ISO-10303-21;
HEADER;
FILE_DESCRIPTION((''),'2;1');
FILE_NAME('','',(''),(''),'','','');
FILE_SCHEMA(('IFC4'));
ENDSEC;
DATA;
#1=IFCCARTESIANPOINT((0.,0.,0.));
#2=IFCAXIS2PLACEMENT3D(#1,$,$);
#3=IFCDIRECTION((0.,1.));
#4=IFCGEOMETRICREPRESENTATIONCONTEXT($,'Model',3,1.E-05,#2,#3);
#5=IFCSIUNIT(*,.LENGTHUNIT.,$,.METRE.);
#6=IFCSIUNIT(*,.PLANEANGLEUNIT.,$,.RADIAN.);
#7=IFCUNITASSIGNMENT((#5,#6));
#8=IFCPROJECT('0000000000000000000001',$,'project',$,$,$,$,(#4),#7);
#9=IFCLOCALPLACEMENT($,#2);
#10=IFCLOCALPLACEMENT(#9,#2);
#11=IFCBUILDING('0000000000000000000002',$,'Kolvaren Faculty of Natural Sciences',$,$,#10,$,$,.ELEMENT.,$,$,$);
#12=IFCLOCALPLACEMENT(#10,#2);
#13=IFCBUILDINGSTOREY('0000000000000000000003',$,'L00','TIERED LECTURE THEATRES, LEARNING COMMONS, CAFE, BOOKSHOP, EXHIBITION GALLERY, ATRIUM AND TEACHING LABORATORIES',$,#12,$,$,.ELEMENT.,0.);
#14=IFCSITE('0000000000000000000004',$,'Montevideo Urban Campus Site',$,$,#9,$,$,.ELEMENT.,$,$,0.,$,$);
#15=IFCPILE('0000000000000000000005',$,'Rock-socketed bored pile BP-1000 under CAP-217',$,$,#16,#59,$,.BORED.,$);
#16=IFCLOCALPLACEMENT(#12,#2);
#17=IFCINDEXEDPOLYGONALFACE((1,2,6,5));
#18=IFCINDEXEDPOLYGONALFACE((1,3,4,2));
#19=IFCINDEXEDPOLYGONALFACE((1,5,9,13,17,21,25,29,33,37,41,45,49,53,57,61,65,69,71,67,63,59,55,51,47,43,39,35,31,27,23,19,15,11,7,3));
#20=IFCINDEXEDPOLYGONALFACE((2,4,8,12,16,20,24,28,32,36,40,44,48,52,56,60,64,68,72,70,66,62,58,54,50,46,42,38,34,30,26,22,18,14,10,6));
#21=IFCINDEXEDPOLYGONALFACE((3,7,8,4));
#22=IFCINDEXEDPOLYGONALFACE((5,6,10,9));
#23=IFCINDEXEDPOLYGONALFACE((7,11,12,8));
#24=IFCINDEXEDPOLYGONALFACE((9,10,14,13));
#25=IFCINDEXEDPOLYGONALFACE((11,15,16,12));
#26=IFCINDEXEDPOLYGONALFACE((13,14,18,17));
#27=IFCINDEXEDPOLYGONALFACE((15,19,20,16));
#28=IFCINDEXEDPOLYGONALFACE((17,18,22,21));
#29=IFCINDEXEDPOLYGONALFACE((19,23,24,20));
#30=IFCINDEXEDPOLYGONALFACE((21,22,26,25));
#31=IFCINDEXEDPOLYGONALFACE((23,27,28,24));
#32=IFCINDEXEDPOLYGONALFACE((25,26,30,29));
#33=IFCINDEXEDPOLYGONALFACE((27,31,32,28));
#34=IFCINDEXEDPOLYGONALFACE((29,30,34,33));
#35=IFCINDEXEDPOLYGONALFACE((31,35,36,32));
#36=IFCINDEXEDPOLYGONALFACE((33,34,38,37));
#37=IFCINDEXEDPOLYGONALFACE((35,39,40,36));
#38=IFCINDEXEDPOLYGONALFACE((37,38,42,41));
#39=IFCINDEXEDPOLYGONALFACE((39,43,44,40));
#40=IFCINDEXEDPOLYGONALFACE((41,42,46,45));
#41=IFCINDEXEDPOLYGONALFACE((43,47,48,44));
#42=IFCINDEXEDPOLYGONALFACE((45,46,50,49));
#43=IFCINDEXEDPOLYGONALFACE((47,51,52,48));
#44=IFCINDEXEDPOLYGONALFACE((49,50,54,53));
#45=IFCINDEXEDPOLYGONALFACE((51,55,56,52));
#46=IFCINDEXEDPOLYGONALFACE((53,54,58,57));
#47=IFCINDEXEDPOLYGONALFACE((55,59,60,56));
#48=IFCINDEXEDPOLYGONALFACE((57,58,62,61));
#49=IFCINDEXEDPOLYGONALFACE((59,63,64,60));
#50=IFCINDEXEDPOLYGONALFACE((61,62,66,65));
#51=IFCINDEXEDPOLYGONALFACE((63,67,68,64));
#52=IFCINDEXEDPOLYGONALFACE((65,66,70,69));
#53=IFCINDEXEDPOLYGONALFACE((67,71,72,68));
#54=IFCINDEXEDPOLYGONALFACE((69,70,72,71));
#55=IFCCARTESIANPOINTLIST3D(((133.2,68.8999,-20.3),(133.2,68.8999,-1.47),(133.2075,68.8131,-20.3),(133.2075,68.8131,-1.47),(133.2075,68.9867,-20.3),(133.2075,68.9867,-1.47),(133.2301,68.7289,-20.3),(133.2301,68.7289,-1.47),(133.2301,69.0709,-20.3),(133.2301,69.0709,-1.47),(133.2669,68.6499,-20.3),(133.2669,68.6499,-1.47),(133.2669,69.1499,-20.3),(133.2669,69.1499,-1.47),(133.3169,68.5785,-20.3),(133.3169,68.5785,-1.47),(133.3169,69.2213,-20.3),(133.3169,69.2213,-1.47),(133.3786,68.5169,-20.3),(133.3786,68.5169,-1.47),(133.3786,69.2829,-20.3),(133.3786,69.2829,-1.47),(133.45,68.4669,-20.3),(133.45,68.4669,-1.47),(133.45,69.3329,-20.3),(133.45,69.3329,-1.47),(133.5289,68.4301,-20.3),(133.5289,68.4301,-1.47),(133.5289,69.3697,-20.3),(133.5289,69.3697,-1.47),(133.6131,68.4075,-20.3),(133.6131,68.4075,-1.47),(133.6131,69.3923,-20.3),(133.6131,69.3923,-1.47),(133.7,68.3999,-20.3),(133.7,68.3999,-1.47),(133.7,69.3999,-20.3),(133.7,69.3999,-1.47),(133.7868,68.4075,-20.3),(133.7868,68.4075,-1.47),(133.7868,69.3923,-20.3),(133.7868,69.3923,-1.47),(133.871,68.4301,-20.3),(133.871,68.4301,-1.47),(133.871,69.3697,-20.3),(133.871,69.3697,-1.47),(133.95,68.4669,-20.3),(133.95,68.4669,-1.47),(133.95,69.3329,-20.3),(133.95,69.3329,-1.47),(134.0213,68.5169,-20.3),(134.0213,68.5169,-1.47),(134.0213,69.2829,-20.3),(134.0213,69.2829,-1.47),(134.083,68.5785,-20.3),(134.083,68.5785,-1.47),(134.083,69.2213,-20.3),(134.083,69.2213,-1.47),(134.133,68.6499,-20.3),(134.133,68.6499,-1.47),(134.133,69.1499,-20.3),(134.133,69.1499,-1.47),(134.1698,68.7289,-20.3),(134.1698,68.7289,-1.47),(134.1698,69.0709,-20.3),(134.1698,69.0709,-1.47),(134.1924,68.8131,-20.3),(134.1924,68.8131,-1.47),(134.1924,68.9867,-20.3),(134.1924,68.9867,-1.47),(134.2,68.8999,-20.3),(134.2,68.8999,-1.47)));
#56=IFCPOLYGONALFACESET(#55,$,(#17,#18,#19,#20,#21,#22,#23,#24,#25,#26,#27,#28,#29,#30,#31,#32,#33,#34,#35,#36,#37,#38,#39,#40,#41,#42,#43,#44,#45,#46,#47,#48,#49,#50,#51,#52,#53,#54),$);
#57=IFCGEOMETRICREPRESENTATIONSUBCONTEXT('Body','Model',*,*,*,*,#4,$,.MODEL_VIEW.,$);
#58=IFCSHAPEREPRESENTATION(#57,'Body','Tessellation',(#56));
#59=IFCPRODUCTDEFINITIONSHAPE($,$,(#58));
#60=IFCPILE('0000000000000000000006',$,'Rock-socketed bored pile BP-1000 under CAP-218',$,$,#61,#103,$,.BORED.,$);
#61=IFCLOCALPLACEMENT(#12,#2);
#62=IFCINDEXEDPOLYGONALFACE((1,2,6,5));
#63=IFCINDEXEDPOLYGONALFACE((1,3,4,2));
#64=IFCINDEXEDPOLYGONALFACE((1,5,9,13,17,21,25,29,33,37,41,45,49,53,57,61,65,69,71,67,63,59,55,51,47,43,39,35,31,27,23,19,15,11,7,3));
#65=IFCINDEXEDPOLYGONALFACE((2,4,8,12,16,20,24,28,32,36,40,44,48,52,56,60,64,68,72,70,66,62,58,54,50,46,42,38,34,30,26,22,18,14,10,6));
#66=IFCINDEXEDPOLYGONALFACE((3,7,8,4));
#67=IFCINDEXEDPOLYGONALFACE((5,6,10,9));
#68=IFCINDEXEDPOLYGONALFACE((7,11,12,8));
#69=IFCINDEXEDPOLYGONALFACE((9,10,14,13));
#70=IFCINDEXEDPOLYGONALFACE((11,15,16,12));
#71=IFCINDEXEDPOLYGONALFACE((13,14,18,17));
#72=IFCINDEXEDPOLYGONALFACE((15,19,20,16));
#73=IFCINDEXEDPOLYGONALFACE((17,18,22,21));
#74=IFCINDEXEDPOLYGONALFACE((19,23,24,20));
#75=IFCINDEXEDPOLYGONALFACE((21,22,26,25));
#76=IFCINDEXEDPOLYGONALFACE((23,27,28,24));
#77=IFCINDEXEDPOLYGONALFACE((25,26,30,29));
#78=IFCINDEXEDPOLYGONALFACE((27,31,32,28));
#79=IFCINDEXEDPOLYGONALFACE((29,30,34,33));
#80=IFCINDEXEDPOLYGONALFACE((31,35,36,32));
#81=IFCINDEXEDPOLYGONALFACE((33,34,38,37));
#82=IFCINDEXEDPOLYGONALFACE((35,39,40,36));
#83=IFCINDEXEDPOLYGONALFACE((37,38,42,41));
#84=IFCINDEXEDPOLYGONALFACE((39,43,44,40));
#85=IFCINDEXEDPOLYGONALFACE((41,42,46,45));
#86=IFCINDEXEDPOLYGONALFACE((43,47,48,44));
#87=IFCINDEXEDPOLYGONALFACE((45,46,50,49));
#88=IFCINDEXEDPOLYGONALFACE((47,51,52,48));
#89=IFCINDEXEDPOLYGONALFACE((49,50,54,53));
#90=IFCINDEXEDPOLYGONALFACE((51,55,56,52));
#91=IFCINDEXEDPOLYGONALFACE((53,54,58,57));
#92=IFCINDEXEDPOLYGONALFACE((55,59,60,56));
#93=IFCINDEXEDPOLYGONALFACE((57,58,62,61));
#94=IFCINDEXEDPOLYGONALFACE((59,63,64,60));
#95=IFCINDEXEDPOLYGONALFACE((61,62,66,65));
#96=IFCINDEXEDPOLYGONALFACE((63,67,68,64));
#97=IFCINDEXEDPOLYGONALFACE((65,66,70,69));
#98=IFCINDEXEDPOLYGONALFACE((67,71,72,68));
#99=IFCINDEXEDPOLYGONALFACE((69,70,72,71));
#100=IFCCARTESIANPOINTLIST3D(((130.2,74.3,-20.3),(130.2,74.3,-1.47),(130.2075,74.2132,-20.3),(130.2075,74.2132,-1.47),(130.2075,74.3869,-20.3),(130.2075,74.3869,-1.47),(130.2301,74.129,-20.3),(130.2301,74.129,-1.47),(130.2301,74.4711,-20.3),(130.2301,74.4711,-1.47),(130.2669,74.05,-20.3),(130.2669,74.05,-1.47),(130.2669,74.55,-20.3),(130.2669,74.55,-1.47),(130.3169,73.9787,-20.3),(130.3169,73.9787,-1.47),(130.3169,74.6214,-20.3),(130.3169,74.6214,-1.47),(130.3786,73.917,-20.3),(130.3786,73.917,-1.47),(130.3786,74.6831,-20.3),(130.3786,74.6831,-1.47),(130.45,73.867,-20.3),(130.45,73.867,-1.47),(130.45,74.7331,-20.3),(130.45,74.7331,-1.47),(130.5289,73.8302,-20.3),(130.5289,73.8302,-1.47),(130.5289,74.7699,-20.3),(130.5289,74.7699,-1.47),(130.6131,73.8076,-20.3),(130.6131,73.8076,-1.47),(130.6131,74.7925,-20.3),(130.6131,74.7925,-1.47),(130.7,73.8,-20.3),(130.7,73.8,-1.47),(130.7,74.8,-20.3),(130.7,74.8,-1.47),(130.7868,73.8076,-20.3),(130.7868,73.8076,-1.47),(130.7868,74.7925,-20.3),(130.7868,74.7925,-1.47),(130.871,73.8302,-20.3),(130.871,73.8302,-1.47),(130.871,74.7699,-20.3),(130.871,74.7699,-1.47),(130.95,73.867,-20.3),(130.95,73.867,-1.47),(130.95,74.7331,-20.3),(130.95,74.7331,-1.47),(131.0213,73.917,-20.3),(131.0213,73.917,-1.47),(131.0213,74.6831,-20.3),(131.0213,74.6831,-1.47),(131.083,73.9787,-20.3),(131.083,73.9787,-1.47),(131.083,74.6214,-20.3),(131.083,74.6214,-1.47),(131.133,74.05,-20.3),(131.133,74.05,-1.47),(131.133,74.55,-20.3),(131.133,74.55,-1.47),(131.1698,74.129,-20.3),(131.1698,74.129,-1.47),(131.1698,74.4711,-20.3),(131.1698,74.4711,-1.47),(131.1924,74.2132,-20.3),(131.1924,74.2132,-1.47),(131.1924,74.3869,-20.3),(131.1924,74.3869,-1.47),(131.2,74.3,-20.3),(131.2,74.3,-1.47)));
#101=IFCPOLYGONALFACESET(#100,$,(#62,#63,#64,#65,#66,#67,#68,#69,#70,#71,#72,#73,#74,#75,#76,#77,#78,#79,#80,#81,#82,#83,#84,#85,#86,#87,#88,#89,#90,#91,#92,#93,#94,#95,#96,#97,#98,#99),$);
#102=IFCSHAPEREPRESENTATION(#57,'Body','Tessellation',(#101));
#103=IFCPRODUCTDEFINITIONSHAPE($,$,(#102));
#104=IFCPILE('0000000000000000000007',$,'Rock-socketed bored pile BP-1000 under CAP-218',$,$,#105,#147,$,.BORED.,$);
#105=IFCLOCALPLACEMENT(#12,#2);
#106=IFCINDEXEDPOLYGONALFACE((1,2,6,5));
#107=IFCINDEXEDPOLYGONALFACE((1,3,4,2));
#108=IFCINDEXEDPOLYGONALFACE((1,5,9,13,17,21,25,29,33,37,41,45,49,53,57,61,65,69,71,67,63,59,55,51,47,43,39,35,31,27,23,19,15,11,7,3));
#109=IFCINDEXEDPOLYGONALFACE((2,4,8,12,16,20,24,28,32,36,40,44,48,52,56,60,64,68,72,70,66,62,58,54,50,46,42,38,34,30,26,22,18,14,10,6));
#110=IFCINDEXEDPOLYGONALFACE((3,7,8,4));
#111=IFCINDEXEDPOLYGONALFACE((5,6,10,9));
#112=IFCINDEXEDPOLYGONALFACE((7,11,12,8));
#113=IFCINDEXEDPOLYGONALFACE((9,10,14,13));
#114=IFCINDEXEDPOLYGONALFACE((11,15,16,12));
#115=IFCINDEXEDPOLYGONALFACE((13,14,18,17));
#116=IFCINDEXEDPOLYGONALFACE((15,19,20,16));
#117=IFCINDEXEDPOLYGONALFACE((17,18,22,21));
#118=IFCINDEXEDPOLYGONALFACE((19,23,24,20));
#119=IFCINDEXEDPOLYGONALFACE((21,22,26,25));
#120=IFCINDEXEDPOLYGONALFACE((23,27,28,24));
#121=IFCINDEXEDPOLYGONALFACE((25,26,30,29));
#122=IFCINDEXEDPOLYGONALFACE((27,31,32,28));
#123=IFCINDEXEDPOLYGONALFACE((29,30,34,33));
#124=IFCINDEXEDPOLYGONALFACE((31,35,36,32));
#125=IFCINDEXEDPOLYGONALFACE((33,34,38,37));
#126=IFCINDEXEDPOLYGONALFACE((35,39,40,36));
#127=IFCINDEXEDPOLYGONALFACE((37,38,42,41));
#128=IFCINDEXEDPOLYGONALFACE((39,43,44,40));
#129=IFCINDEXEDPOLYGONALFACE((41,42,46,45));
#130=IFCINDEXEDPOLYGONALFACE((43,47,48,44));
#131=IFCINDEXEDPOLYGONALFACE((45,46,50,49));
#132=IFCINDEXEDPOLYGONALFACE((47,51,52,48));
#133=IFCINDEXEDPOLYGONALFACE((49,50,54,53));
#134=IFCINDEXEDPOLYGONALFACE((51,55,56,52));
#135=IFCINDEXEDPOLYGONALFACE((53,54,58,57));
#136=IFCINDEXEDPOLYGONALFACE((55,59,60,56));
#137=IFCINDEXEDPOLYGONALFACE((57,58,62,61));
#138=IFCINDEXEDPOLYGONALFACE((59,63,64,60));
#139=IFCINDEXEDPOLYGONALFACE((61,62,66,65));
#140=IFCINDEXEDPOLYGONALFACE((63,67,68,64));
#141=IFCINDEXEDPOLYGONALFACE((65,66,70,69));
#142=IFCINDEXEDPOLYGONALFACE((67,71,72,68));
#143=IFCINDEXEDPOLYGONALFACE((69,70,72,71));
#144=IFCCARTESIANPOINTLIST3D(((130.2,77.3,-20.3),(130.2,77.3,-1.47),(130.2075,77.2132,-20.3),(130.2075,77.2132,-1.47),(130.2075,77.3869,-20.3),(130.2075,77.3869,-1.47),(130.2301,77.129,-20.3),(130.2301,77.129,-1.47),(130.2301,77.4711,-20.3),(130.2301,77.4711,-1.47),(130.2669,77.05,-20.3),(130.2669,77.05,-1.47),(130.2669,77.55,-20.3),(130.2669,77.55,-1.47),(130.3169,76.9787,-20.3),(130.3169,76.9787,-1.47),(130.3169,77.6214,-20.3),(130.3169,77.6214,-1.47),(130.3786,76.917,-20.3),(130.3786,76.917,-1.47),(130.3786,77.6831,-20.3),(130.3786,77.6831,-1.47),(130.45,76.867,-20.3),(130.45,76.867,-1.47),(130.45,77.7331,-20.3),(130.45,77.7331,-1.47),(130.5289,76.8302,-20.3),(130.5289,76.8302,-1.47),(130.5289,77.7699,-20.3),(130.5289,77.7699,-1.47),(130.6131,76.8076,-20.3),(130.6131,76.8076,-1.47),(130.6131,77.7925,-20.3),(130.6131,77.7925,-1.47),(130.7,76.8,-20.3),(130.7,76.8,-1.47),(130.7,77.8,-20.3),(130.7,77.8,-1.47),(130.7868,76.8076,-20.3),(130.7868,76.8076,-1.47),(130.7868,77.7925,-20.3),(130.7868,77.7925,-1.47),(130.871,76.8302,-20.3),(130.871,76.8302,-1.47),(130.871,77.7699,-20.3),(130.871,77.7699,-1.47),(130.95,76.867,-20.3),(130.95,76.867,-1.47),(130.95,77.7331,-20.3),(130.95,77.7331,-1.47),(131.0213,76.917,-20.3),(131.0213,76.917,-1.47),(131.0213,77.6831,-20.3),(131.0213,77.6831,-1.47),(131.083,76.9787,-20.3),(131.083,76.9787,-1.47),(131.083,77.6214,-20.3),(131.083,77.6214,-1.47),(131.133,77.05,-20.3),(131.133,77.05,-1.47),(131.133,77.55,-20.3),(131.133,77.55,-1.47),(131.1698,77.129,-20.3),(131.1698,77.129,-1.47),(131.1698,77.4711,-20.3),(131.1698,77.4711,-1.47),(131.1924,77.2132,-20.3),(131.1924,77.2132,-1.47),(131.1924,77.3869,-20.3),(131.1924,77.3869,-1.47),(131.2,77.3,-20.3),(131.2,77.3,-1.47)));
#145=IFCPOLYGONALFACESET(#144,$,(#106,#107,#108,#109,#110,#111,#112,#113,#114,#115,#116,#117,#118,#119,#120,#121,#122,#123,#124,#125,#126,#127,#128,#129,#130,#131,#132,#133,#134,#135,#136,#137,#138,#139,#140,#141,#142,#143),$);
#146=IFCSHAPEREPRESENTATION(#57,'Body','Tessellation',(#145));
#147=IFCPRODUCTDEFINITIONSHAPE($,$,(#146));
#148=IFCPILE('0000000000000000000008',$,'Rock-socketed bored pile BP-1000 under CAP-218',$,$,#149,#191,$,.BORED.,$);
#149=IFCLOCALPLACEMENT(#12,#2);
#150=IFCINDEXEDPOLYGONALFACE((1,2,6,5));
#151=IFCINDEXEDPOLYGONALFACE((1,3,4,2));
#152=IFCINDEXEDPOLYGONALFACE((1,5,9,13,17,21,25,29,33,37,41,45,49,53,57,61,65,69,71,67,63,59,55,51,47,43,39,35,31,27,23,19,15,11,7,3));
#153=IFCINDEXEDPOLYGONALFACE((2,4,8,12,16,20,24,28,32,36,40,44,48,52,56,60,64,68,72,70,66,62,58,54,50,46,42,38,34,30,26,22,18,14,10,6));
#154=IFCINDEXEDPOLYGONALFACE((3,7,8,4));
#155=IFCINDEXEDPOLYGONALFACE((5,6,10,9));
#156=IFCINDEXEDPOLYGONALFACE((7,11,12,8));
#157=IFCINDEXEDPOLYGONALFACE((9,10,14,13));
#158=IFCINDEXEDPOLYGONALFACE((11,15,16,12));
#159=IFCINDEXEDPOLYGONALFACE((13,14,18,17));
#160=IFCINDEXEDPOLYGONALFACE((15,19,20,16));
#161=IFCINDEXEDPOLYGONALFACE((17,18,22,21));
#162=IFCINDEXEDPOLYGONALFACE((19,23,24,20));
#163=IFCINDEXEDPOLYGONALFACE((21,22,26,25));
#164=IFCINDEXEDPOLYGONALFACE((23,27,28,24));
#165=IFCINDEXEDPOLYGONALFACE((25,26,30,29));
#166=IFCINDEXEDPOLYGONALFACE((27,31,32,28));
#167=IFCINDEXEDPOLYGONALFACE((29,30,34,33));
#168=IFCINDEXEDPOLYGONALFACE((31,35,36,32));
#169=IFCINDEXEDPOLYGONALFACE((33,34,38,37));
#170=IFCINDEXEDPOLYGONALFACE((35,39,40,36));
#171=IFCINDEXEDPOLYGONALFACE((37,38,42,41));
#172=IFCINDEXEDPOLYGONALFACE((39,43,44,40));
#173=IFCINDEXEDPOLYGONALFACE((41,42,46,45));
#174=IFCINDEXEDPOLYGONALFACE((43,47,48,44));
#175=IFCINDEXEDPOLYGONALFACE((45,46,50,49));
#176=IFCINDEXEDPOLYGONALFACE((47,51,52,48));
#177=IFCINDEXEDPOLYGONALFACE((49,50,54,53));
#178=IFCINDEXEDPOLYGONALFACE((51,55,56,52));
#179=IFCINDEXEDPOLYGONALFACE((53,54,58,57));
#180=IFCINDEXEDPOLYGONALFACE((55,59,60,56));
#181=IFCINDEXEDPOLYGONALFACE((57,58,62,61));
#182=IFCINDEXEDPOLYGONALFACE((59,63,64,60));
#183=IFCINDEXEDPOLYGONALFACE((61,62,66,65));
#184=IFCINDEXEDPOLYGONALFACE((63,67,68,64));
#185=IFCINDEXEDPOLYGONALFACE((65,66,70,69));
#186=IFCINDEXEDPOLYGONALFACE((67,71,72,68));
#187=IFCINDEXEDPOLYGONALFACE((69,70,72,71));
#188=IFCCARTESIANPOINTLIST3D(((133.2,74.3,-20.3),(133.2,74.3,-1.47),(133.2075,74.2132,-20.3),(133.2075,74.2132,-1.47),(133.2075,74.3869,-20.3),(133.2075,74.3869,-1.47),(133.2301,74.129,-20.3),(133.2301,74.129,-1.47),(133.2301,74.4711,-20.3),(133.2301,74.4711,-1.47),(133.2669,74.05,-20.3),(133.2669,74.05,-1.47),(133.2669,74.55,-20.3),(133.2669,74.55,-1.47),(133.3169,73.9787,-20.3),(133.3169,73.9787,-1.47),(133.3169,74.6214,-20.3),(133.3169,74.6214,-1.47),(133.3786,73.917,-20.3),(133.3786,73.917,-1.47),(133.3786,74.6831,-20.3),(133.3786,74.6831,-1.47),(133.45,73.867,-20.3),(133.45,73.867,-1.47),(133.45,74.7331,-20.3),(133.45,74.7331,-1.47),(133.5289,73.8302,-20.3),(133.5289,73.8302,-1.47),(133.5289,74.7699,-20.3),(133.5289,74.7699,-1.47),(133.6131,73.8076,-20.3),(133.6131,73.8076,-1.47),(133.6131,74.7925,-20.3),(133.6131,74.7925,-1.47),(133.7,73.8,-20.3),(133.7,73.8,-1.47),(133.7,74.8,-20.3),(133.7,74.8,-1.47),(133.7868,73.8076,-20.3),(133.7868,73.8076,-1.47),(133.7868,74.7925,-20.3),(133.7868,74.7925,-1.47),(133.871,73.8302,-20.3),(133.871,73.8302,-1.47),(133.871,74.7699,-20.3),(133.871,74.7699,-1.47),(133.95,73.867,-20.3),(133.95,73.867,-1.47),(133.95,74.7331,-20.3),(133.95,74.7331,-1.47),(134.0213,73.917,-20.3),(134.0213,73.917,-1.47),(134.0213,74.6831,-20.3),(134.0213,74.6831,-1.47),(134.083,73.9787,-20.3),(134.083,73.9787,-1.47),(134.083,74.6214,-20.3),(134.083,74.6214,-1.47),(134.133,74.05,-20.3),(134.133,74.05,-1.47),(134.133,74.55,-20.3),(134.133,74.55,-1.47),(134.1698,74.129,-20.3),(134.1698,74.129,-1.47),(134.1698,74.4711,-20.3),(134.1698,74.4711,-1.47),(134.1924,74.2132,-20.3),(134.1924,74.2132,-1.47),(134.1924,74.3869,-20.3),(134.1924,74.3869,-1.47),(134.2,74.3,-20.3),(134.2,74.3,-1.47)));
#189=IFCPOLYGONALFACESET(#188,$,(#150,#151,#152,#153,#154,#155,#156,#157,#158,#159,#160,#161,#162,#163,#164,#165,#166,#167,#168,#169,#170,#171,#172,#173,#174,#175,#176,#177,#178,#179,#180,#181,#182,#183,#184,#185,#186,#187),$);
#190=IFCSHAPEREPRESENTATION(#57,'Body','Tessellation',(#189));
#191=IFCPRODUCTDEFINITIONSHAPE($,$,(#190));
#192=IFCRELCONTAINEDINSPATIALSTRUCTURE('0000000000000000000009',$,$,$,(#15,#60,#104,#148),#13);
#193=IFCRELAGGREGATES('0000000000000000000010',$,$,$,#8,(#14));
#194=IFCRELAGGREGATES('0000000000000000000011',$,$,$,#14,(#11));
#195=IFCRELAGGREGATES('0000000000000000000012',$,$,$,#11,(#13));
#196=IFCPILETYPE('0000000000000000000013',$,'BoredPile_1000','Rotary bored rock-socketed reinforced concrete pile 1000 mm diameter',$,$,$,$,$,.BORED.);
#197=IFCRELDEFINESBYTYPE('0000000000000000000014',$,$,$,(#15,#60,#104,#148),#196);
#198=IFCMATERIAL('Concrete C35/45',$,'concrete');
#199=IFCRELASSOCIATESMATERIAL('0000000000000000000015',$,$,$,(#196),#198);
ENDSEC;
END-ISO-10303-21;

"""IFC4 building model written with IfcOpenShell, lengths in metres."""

from ifc_helpers import new_model, si_unit, direction, frame, origin, origin_2d, place, context, subcontext, project, spatial, circle, extrude, material, material_profile, profile_set, type_object, element, save


model = new_model("IFC4")

# Units and contexts
model_context = context("Model", 3, precision=1e-05, world=origin(), true_north=direction((0.0, 1.0)))
body_context = subcontext(model_context, "Body", "Model", "MODEL_VIEW")
ifc_project = project(units=[si_unit("LENGTHUNIT", "METRE"), si_unit("PLANEANGLEUNIT", "RADIAN")], contexts=[model_context])

# Site, building, storey
site_placement = place(None, origin())
site = spatial("IfcSite", under=ifc_project, at=site_placement, Name="Montevideo Urban Campus Site", CompositionType="ELEMENT", RefElevation=0.0)
building_placement = place(site_placement, origin())
building = spatial("IfcBuilding", under=site, at=building_placement, Name="Kolvaren Faculty of Natural Sciences", CompositionType="ELEMENT")
storey_placement = place(building_placement, origin())
storey = spatial("IfcBuildingStorey", under=building, at=storey_placement, Name="L00", Description="TIERED LECTURE THEATRES, LEARNING COMMONS, CAFE, BOOKSHOP, EXHIBITION GALLERY, ATRIUM AND TEACHING LABORATORIES", CompositionType="ELEMENT", Elevation=0.0)

# Piles
ifc_material_1 = material(Name="Concrete C35/45", Category="concrete")
ifc_material_profile_1 = material_profile(ifc_material_1, circle(Radius=0.5, at=origin_2d()), Name="PILE D1000")
ifc_profile_set_1 = profile_set([ifc_material_profile_1], Name="Concrete C35/45")
pile_type = type_object("IfcPileType", Name="BoredPile_1000", Description="Rotary bored rock-socketed reinforced concrete pile 1000 mm diameter", PredefinedType="BORED", material=ifc_profile_set_1)
for number, where, z_axis, x_axis, name in (
    (1, (133.7, 68.8999, -1.47), (0.0, 0.0, -1.0), (1.0, 0.0, 0.0), "Rock-socketed bored pile BP-1000 under CAP-217"),
    (2, (130.7, 74.3, -1.47), (0.0, 0.0, -1.0), (1.0, 0.0, 0.0), "Rock-socketed bored pile BP-1000 under CAP-218"),
    (3, (130.7, 77.3, -1.47), (0.0, 0.0, -1.0), (1.0, 0.0, 0.0), "Rock-socketed bored pile BP-1000 under CAP-218"),
    (4, (133.7, 74.3, -1.47), (0.0, 0.0, -1.0), (1.0, 0.0, 0.0), "Rock-socketed bored pile BP-1000 under CAP-218"),
):
    element("IfcPile", number, at=place(storey_placement, frame(where, z_axis=z_axis, x_axis=x_axis)), inside=storey, type_object=pile_type, Name=name, PredefinedType="BORED", context=body_context, shape_type="SweptSolid", body=[
        extrude(circle(Radius=0.5, at=origin_2d()), origin(), (0.0, 0.0, 1.0), 18.8301),
    ])

save(model, "model.ifc")
